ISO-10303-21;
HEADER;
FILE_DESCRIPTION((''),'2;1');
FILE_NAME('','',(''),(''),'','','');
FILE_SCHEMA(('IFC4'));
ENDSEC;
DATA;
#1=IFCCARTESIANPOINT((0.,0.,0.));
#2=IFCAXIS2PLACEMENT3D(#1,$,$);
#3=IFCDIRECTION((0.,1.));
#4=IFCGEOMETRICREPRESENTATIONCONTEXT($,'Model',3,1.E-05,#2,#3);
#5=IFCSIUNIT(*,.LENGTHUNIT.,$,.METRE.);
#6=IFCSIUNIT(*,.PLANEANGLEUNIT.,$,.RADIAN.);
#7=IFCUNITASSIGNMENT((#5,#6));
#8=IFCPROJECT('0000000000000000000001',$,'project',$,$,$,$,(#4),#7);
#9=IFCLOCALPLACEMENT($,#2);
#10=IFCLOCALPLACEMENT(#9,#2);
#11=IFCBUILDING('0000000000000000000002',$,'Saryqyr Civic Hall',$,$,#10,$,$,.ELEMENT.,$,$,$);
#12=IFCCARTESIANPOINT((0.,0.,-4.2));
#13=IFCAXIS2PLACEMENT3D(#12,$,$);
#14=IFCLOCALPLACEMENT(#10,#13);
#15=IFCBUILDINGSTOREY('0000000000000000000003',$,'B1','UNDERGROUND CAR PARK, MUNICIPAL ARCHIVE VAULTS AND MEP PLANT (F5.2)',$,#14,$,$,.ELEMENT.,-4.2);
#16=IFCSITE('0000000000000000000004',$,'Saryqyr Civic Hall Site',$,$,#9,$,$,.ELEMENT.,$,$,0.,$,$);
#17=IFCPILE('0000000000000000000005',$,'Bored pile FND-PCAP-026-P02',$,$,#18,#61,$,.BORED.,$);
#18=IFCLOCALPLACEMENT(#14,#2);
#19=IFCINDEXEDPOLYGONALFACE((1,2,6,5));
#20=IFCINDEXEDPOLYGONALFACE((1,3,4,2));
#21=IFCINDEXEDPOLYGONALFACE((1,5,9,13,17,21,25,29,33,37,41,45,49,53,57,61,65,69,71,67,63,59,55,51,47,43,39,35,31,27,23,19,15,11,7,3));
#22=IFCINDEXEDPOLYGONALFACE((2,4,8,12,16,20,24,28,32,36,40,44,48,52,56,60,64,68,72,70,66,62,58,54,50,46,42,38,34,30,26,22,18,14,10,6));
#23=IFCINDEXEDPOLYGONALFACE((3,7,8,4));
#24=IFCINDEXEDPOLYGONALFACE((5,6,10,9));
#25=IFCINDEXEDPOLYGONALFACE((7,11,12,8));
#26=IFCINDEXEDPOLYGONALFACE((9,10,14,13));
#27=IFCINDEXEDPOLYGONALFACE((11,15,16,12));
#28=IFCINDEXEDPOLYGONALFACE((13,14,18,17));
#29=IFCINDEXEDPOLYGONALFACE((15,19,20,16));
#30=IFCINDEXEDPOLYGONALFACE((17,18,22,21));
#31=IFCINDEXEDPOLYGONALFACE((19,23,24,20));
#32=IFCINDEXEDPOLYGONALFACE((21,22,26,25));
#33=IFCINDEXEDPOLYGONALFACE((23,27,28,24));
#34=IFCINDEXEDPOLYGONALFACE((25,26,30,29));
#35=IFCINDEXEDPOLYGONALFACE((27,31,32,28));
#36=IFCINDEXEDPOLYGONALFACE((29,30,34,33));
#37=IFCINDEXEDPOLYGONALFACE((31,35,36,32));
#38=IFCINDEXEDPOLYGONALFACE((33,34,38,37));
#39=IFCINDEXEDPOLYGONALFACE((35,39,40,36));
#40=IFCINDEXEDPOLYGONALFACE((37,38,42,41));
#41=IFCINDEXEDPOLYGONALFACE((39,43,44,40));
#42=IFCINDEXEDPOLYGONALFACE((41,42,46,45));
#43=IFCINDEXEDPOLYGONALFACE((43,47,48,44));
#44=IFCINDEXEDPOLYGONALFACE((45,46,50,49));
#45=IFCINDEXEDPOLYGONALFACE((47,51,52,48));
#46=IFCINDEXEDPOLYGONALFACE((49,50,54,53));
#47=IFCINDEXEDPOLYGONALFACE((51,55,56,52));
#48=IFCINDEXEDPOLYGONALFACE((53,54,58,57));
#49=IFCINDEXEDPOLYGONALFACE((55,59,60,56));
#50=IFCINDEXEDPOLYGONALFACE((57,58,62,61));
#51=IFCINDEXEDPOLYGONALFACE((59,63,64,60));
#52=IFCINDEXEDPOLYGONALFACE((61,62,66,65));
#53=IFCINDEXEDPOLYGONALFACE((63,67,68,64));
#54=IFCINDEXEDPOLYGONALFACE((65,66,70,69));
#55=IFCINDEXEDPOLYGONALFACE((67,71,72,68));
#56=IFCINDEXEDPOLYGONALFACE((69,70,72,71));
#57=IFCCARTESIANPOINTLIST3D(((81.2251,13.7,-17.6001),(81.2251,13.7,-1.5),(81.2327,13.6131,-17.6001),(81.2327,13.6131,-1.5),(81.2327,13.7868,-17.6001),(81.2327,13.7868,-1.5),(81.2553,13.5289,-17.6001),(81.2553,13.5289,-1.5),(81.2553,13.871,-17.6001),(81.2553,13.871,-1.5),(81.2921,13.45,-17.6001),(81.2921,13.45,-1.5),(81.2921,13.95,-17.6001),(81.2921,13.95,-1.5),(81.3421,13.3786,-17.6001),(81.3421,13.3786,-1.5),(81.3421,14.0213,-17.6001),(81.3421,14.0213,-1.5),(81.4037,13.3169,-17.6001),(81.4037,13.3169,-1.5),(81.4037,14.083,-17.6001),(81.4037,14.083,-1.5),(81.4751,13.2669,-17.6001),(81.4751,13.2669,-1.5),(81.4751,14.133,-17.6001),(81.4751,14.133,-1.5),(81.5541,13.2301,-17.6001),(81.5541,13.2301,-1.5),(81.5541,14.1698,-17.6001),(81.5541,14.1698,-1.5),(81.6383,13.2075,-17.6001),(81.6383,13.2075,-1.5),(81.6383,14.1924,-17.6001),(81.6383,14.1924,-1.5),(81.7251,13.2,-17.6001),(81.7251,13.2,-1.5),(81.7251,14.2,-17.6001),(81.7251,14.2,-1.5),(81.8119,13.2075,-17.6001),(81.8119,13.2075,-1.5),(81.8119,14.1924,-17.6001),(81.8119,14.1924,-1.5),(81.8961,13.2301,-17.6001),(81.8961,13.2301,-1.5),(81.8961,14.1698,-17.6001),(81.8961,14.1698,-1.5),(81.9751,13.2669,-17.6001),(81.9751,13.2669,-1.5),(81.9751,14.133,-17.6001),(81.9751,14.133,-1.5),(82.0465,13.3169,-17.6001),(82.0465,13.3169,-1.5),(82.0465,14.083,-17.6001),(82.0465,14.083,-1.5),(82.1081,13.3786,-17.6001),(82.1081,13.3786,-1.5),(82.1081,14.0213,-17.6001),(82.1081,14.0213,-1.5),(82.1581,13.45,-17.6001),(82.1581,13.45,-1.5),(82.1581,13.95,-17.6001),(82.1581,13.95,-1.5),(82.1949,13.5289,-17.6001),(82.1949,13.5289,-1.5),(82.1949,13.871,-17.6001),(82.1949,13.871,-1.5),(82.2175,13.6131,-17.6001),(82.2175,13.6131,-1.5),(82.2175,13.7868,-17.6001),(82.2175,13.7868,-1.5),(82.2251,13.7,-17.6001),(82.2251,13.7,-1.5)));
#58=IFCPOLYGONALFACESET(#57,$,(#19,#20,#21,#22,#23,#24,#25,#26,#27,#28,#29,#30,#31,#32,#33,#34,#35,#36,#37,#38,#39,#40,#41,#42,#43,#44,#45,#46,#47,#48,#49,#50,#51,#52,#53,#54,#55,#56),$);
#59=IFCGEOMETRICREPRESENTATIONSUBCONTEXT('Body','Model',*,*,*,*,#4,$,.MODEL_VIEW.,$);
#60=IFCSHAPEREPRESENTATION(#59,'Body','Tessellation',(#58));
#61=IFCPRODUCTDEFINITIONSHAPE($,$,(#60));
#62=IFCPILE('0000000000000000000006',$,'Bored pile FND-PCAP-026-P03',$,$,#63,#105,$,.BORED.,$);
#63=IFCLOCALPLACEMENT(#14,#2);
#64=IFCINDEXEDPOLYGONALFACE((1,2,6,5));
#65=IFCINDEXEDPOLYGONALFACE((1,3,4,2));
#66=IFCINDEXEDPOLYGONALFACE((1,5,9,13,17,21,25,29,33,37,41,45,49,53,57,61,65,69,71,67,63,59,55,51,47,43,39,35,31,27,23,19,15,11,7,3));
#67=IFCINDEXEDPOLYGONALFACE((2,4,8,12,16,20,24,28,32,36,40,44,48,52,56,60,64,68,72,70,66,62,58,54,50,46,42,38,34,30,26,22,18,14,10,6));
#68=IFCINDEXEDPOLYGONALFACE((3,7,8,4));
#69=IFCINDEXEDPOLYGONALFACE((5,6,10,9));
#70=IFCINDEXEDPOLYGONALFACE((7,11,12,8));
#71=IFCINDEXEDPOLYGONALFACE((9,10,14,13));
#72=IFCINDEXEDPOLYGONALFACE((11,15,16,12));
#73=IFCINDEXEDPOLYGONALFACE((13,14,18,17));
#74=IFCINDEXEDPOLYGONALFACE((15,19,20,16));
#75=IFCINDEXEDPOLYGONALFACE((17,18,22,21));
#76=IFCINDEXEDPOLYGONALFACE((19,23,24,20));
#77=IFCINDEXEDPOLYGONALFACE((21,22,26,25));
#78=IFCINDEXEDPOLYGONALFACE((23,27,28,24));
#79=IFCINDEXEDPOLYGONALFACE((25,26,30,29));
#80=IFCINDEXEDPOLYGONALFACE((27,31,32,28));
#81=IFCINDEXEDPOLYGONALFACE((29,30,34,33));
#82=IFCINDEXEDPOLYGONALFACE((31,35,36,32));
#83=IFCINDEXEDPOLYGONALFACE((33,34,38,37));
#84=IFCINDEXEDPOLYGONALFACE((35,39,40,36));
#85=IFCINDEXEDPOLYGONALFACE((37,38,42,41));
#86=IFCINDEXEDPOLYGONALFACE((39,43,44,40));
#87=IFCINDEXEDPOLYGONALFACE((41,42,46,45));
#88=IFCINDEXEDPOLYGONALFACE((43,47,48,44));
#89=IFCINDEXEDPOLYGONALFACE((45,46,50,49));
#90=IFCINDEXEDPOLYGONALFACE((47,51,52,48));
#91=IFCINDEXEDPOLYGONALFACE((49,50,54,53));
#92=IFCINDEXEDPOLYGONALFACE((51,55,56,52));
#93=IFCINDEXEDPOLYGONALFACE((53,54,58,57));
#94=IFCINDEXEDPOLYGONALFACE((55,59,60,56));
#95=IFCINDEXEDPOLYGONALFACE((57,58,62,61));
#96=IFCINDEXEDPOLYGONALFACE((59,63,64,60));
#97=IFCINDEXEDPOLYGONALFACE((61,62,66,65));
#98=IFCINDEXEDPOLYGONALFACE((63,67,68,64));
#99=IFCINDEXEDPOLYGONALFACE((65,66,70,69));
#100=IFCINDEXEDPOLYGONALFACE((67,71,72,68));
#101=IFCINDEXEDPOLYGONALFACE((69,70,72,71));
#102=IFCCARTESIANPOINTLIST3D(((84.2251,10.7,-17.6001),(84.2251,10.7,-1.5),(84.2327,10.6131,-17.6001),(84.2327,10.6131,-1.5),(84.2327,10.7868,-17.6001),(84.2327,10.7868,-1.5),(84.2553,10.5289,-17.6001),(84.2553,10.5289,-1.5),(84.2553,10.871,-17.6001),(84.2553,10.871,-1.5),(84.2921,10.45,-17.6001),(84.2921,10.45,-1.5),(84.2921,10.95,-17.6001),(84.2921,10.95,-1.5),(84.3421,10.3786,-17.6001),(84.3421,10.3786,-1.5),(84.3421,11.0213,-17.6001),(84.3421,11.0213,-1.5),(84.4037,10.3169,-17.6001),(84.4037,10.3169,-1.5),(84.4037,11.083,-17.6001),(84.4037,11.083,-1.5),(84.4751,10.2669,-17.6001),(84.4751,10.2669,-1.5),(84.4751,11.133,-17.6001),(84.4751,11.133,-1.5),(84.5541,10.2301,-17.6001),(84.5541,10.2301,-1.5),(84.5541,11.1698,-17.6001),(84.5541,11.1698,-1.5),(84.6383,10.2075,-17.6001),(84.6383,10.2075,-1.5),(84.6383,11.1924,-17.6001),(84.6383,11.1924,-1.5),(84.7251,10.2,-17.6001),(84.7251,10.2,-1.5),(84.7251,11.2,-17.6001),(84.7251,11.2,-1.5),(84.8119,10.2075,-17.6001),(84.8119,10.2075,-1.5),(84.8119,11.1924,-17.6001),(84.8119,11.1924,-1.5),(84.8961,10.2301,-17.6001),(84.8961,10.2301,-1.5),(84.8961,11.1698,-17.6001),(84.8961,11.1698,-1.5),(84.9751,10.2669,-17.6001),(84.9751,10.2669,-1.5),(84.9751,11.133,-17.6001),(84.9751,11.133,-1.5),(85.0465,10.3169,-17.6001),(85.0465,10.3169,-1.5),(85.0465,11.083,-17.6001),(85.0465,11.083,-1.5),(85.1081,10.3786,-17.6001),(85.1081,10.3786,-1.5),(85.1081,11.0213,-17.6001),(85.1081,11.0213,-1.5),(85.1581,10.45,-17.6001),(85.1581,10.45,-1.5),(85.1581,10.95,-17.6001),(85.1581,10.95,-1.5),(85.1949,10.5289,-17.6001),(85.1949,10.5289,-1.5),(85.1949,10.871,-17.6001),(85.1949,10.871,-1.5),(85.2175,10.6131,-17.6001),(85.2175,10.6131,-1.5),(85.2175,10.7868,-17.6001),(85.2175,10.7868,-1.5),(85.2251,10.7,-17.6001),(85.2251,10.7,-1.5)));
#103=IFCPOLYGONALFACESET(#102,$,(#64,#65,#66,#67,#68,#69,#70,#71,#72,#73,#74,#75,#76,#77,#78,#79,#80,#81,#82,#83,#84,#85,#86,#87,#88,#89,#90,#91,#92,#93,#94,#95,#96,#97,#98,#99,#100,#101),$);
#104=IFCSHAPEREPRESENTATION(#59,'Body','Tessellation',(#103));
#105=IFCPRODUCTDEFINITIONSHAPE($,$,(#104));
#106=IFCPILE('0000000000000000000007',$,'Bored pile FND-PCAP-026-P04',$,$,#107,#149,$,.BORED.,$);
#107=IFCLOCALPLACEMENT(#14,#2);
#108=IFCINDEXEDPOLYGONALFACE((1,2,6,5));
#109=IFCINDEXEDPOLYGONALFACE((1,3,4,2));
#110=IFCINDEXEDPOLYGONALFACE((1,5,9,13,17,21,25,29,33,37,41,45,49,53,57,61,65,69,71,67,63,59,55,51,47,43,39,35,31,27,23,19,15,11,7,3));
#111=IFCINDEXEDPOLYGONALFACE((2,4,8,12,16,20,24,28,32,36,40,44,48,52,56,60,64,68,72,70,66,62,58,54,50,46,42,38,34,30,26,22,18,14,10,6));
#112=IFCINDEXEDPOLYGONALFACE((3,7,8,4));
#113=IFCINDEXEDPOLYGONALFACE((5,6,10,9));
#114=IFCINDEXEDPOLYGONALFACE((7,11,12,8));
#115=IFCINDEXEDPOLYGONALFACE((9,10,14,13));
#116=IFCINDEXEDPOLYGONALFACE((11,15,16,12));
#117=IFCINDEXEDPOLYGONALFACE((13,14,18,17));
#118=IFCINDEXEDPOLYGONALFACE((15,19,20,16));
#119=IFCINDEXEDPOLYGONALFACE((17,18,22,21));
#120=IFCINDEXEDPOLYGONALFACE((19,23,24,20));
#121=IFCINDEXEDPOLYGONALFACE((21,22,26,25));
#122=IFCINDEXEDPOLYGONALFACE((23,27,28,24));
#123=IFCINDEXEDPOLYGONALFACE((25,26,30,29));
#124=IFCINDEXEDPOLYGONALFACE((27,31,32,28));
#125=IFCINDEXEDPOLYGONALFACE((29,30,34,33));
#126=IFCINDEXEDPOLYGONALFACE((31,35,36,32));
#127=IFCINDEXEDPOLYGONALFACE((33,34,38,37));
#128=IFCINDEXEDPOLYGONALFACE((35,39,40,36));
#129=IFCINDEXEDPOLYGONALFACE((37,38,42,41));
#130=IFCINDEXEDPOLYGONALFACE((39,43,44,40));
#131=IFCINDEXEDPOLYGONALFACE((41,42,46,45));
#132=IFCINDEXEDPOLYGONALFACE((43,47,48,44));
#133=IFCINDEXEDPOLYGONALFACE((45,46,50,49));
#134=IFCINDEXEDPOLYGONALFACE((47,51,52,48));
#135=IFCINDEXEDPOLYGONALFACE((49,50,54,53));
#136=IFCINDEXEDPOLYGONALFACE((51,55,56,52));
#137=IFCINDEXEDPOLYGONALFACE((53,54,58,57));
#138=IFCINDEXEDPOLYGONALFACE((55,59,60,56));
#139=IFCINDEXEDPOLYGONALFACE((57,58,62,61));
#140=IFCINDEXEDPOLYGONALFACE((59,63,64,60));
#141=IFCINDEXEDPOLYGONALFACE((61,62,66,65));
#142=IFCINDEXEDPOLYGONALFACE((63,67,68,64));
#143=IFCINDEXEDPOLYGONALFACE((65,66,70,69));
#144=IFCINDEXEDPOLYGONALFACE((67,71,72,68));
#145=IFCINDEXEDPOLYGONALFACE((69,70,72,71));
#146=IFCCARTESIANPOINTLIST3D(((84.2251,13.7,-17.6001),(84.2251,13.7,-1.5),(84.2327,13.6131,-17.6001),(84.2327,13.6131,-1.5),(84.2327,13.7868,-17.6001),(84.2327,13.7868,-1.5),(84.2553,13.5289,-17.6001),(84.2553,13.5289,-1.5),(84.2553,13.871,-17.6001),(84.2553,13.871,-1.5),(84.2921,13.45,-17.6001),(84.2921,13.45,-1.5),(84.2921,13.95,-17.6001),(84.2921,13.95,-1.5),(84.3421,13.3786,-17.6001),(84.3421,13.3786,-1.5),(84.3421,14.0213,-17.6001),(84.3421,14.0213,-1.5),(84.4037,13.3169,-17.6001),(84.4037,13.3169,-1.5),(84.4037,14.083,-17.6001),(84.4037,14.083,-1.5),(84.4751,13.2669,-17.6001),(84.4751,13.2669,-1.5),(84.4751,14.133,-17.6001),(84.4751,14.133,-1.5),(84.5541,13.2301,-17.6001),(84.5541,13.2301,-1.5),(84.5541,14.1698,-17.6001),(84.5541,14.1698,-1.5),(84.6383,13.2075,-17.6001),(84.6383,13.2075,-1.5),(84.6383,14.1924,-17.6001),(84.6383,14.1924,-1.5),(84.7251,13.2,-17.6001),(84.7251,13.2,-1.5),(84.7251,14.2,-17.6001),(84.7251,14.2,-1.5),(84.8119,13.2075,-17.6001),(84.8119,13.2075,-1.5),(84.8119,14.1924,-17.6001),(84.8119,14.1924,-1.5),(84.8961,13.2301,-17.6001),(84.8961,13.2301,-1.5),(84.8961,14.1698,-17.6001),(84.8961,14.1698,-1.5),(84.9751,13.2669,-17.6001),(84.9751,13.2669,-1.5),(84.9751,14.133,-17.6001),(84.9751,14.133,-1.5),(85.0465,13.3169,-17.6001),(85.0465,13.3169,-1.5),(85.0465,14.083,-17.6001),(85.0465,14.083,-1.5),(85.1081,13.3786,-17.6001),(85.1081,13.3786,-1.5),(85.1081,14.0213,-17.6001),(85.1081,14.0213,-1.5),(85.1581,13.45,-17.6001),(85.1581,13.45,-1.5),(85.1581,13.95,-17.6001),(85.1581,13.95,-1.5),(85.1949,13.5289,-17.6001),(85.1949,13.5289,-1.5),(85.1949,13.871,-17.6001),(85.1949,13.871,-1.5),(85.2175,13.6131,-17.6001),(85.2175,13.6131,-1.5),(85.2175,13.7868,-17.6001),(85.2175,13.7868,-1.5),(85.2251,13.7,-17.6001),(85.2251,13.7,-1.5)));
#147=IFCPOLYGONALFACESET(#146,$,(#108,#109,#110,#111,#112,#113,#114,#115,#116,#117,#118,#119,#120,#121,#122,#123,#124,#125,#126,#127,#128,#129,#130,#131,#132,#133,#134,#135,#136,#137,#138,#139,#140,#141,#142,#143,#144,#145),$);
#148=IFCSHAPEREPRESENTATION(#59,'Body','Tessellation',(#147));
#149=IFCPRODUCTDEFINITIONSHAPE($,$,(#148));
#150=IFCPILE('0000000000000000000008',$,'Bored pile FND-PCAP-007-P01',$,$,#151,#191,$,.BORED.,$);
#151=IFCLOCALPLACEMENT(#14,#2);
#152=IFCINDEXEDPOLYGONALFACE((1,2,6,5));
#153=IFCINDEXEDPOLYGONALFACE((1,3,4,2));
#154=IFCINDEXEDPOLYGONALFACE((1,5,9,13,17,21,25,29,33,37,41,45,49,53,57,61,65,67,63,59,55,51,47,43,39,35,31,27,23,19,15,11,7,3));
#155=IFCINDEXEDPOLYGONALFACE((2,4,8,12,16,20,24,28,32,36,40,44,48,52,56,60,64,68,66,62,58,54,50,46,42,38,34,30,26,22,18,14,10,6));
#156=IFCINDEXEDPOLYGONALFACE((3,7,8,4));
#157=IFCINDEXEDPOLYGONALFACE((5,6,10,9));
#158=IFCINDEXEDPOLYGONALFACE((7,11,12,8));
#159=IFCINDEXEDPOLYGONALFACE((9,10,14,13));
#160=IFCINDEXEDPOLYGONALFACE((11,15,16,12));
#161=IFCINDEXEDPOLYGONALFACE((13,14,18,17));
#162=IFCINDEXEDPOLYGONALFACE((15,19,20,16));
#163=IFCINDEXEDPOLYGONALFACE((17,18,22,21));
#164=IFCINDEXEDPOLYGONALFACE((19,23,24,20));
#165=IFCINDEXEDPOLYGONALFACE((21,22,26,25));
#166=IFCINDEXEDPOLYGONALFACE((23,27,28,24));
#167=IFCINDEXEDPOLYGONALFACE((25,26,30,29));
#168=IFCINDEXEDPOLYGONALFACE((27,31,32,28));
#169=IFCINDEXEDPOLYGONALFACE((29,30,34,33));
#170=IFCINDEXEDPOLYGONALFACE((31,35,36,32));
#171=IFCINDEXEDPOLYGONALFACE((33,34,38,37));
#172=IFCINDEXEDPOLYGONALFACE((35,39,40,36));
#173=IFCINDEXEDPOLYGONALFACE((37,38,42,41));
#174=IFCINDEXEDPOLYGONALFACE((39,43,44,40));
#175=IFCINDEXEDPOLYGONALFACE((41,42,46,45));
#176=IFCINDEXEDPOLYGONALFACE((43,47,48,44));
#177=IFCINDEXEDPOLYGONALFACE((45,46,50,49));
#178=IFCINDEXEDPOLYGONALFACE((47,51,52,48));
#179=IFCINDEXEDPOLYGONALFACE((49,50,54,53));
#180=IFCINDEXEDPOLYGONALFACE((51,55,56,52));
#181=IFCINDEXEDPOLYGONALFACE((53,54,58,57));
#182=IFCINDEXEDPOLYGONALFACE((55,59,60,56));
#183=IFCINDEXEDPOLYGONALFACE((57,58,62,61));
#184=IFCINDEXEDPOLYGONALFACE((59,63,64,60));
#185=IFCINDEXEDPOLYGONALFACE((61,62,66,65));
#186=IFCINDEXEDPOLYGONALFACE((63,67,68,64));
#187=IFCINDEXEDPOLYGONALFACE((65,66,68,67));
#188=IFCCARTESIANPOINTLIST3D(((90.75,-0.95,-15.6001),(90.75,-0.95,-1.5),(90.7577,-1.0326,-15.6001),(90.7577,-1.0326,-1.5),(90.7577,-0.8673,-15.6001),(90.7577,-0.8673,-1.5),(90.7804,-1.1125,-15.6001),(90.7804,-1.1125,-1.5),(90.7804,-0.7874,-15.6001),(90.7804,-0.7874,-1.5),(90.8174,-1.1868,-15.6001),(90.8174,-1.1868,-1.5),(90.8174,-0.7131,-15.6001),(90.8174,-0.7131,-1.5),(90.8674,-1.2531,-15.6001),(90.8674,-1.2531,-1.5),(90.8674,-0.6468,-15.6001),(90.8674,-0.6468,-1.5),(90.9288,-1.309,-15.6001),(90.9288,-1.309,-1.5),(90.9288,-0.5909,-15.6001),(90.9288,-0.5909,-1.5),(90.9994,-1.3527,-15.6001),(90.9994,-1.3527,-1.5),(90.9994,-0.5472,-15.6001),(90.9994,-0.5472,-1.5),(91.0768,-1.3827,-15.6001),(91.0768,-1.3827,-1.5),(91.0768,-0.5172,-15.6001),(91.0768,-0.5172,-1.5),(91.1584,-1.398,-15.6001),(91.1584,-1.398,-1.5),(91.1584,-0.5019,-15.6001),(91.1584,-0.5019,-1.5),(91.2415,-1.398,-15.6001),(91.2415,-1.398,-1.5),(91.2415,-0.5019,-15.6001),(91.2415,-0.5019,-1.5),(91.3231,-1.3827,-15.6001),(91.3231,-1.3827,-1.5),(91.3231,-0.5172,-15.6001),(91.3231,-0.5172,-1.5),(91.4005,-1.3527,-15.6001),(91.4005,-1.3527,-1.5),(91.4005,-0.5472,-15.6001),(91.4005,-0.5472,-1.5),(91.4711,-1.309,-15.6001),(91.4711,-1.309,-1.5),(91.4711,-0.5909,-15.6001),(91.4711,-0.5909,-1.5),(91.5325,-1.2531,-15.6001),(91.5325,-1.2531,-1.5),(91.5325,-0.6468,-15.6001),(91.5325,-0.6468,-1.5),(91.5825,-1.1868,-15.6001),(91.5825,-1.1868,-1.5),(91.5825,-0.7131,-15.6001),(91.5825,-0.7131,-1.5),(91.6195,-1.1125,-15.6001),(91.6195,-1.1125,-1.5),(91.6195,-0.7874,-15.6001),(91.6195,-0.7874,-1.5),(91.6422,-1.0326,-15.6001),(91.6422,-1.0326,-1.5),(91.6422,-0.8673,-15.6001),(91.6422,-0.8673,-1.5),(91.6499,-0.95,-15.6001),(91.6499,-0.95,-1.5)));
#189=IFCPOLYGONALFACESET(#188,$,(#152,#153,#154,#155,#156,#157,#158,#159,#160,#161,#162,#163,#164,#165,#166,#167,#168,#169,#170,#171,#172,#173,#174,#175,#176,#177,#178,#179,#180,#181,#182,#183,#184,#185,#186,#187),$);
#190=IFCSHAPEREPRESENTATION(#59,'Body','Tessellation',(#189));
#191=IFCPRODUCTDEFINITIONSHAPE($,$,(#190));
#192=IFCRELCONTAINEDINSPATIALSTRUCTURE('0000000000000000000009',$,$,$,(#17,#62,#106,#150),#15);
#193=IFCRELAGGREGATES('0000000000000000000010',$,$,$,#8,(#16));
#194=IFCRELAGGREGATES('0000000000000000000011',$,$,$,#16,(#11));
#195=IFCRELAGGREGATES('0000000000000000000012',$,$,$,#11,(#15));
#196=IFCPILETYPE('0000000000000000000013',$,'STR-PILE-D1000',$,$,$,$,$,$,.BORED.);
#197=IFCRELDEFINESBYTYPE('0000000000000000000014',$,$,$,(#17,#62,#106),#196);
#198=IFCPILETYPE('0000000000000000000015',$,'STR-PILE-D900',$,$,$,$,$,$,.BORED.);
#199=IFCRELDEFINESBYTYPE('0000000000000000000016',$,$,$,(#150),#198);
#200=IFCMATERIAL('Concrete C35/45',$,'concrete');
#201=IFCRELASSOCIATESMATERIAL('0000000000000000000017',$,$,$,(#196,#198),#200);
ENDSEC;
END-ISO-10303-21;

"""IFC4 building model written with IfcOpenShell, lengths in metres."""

from ifc_helpers import new_model, si_unit, direction, frame, origin, origin_2d, place, context, subcontext, project, spatial, circle, extrude, material, material_profile, profile_set, type_object, element, save


model = new_model("IFC4")

# Units and contexts
model_context = context("Model", 3, precision=1e-05, world=origin(), true_north=direction((0.0, 1.0)))
body_context = subcontext(model_context, "Body", "Model", "MODEL_VIEW")
ifc_project = project(units=[si_unit("LENGTHUNIT", "METRE"), si_unit("PLANEANGLEUNIT", "RADIAN")], contexts=[model_context])

# Site, building, storey
site_placement = place(None, origin())
site = spatial("IfcSite", under=ifc_project, at=site_placement, Name="Saryqyr Civic Hall Site", CompositionType="ELEMENT", RefElevation=0.0)
building_placement = place(site_placement, origin())
building = spatial("IfcBuilding", under=site, at=building_placement, Name="Saryqyr Civic Hall", CompositionType="ELEMENT")
storey_placement = place(building_placement, frame((0.0, 0.0, -4.2)))
storey = spatial("IfcBuildingStorey", under=building, at=storey_placement, Name="B1", Description="UNDERGROUND CAR PARK, MUNICIPAL ARCHIVE VAULTS AND MEP PLANT (F5.2)", CompositionType="ELEMENT", Elevation=-4.2)

# Shared definitions
ifc_material_1 = material(Name="Concrete C35/45", Category="concrete")

# Piles
ifc_material_profile_1 = material_profile(ifc_material_1, circle(Radius=0.5, at=origin_2d()), Name="BORED PILE D1000")
ifc_profile_set_1 = profile_set([ifc_material_profile_1], Name="Concrete C35/45")
pile_type_1 = type_object("IfcPileType", Name="STR-PILE-D1000", PredefinedType="BORED", material=ifc_profile_set_1)
for number, where, z_axis, x_axis, name in (
    (1, (81.7251, 13.7, -1.5), (0.0, 0.0, -1.0), (1.0, 0.0, 0.0), "Bored pile FND-PCAP-026-P02"),
    (2, (84.7251, 10.7, -1.5), (0.0, 0.0, -1.0), (1.0, 0.0, 0.0), "Bored pile FND-PCAP-026-P03"),
    (3, (84.7251, 13.7, -1.5), (0.0, 0.0, -1.0), (1.0, 0.0, 0.0), "Bored pile FND-PCAP-026-P04"),
):
    element("IfcPile", number, at=place(storey_placement, frame(where, z_axis=z_axis, x_axis=x_axis)), inside=storey, type_object=pile_type_1, Name=name, PredefinedType="BORED", context=body_context, shape_type="SweptSolid", body=[
        extrude(circle(Radius=0.5, at=origin_2d()), origin(), (0.0, 0.0, 1.0), 16.1001),
    ])
ifc_material_profile_2 = material_profile(ifc_material_1, circle(Radius=0.45, at=origin_2d()), Name="BORED PILE D900")
ifc_profile_set_2 = profile_set([ifc_material_profile_2], Name="Concrete C35/45")
pile_type_2 = type_object("IfcPileType", Name="STR-PILE-D900", PredefinedType="BORED", material=ifc_profile_set_2)
for number, where, z_axis, x_axis, name in (
    (4, (91.2, -0.95, -1.5), (0.0, 0.0, -1.0), (1.0, 0.0, 0.0), "Bored pile FND-PCAP-007-P01"),
):
    element("IfcPile", number, at=place(storey_placement, frame(where, z_axis=z_axis, x_axis=x_axis)), inside=storey, type_object=pile_type_2, Name=name, PredefinedType="BORED", context=body_context, shape_type="SweptSolid", body=[
        extrude(circle(Radius=0.45, at=origin_2d()), origin(), (0.0, 0.0, 1.0), 14.1001),
    ])

save(model, "model.ifc")
